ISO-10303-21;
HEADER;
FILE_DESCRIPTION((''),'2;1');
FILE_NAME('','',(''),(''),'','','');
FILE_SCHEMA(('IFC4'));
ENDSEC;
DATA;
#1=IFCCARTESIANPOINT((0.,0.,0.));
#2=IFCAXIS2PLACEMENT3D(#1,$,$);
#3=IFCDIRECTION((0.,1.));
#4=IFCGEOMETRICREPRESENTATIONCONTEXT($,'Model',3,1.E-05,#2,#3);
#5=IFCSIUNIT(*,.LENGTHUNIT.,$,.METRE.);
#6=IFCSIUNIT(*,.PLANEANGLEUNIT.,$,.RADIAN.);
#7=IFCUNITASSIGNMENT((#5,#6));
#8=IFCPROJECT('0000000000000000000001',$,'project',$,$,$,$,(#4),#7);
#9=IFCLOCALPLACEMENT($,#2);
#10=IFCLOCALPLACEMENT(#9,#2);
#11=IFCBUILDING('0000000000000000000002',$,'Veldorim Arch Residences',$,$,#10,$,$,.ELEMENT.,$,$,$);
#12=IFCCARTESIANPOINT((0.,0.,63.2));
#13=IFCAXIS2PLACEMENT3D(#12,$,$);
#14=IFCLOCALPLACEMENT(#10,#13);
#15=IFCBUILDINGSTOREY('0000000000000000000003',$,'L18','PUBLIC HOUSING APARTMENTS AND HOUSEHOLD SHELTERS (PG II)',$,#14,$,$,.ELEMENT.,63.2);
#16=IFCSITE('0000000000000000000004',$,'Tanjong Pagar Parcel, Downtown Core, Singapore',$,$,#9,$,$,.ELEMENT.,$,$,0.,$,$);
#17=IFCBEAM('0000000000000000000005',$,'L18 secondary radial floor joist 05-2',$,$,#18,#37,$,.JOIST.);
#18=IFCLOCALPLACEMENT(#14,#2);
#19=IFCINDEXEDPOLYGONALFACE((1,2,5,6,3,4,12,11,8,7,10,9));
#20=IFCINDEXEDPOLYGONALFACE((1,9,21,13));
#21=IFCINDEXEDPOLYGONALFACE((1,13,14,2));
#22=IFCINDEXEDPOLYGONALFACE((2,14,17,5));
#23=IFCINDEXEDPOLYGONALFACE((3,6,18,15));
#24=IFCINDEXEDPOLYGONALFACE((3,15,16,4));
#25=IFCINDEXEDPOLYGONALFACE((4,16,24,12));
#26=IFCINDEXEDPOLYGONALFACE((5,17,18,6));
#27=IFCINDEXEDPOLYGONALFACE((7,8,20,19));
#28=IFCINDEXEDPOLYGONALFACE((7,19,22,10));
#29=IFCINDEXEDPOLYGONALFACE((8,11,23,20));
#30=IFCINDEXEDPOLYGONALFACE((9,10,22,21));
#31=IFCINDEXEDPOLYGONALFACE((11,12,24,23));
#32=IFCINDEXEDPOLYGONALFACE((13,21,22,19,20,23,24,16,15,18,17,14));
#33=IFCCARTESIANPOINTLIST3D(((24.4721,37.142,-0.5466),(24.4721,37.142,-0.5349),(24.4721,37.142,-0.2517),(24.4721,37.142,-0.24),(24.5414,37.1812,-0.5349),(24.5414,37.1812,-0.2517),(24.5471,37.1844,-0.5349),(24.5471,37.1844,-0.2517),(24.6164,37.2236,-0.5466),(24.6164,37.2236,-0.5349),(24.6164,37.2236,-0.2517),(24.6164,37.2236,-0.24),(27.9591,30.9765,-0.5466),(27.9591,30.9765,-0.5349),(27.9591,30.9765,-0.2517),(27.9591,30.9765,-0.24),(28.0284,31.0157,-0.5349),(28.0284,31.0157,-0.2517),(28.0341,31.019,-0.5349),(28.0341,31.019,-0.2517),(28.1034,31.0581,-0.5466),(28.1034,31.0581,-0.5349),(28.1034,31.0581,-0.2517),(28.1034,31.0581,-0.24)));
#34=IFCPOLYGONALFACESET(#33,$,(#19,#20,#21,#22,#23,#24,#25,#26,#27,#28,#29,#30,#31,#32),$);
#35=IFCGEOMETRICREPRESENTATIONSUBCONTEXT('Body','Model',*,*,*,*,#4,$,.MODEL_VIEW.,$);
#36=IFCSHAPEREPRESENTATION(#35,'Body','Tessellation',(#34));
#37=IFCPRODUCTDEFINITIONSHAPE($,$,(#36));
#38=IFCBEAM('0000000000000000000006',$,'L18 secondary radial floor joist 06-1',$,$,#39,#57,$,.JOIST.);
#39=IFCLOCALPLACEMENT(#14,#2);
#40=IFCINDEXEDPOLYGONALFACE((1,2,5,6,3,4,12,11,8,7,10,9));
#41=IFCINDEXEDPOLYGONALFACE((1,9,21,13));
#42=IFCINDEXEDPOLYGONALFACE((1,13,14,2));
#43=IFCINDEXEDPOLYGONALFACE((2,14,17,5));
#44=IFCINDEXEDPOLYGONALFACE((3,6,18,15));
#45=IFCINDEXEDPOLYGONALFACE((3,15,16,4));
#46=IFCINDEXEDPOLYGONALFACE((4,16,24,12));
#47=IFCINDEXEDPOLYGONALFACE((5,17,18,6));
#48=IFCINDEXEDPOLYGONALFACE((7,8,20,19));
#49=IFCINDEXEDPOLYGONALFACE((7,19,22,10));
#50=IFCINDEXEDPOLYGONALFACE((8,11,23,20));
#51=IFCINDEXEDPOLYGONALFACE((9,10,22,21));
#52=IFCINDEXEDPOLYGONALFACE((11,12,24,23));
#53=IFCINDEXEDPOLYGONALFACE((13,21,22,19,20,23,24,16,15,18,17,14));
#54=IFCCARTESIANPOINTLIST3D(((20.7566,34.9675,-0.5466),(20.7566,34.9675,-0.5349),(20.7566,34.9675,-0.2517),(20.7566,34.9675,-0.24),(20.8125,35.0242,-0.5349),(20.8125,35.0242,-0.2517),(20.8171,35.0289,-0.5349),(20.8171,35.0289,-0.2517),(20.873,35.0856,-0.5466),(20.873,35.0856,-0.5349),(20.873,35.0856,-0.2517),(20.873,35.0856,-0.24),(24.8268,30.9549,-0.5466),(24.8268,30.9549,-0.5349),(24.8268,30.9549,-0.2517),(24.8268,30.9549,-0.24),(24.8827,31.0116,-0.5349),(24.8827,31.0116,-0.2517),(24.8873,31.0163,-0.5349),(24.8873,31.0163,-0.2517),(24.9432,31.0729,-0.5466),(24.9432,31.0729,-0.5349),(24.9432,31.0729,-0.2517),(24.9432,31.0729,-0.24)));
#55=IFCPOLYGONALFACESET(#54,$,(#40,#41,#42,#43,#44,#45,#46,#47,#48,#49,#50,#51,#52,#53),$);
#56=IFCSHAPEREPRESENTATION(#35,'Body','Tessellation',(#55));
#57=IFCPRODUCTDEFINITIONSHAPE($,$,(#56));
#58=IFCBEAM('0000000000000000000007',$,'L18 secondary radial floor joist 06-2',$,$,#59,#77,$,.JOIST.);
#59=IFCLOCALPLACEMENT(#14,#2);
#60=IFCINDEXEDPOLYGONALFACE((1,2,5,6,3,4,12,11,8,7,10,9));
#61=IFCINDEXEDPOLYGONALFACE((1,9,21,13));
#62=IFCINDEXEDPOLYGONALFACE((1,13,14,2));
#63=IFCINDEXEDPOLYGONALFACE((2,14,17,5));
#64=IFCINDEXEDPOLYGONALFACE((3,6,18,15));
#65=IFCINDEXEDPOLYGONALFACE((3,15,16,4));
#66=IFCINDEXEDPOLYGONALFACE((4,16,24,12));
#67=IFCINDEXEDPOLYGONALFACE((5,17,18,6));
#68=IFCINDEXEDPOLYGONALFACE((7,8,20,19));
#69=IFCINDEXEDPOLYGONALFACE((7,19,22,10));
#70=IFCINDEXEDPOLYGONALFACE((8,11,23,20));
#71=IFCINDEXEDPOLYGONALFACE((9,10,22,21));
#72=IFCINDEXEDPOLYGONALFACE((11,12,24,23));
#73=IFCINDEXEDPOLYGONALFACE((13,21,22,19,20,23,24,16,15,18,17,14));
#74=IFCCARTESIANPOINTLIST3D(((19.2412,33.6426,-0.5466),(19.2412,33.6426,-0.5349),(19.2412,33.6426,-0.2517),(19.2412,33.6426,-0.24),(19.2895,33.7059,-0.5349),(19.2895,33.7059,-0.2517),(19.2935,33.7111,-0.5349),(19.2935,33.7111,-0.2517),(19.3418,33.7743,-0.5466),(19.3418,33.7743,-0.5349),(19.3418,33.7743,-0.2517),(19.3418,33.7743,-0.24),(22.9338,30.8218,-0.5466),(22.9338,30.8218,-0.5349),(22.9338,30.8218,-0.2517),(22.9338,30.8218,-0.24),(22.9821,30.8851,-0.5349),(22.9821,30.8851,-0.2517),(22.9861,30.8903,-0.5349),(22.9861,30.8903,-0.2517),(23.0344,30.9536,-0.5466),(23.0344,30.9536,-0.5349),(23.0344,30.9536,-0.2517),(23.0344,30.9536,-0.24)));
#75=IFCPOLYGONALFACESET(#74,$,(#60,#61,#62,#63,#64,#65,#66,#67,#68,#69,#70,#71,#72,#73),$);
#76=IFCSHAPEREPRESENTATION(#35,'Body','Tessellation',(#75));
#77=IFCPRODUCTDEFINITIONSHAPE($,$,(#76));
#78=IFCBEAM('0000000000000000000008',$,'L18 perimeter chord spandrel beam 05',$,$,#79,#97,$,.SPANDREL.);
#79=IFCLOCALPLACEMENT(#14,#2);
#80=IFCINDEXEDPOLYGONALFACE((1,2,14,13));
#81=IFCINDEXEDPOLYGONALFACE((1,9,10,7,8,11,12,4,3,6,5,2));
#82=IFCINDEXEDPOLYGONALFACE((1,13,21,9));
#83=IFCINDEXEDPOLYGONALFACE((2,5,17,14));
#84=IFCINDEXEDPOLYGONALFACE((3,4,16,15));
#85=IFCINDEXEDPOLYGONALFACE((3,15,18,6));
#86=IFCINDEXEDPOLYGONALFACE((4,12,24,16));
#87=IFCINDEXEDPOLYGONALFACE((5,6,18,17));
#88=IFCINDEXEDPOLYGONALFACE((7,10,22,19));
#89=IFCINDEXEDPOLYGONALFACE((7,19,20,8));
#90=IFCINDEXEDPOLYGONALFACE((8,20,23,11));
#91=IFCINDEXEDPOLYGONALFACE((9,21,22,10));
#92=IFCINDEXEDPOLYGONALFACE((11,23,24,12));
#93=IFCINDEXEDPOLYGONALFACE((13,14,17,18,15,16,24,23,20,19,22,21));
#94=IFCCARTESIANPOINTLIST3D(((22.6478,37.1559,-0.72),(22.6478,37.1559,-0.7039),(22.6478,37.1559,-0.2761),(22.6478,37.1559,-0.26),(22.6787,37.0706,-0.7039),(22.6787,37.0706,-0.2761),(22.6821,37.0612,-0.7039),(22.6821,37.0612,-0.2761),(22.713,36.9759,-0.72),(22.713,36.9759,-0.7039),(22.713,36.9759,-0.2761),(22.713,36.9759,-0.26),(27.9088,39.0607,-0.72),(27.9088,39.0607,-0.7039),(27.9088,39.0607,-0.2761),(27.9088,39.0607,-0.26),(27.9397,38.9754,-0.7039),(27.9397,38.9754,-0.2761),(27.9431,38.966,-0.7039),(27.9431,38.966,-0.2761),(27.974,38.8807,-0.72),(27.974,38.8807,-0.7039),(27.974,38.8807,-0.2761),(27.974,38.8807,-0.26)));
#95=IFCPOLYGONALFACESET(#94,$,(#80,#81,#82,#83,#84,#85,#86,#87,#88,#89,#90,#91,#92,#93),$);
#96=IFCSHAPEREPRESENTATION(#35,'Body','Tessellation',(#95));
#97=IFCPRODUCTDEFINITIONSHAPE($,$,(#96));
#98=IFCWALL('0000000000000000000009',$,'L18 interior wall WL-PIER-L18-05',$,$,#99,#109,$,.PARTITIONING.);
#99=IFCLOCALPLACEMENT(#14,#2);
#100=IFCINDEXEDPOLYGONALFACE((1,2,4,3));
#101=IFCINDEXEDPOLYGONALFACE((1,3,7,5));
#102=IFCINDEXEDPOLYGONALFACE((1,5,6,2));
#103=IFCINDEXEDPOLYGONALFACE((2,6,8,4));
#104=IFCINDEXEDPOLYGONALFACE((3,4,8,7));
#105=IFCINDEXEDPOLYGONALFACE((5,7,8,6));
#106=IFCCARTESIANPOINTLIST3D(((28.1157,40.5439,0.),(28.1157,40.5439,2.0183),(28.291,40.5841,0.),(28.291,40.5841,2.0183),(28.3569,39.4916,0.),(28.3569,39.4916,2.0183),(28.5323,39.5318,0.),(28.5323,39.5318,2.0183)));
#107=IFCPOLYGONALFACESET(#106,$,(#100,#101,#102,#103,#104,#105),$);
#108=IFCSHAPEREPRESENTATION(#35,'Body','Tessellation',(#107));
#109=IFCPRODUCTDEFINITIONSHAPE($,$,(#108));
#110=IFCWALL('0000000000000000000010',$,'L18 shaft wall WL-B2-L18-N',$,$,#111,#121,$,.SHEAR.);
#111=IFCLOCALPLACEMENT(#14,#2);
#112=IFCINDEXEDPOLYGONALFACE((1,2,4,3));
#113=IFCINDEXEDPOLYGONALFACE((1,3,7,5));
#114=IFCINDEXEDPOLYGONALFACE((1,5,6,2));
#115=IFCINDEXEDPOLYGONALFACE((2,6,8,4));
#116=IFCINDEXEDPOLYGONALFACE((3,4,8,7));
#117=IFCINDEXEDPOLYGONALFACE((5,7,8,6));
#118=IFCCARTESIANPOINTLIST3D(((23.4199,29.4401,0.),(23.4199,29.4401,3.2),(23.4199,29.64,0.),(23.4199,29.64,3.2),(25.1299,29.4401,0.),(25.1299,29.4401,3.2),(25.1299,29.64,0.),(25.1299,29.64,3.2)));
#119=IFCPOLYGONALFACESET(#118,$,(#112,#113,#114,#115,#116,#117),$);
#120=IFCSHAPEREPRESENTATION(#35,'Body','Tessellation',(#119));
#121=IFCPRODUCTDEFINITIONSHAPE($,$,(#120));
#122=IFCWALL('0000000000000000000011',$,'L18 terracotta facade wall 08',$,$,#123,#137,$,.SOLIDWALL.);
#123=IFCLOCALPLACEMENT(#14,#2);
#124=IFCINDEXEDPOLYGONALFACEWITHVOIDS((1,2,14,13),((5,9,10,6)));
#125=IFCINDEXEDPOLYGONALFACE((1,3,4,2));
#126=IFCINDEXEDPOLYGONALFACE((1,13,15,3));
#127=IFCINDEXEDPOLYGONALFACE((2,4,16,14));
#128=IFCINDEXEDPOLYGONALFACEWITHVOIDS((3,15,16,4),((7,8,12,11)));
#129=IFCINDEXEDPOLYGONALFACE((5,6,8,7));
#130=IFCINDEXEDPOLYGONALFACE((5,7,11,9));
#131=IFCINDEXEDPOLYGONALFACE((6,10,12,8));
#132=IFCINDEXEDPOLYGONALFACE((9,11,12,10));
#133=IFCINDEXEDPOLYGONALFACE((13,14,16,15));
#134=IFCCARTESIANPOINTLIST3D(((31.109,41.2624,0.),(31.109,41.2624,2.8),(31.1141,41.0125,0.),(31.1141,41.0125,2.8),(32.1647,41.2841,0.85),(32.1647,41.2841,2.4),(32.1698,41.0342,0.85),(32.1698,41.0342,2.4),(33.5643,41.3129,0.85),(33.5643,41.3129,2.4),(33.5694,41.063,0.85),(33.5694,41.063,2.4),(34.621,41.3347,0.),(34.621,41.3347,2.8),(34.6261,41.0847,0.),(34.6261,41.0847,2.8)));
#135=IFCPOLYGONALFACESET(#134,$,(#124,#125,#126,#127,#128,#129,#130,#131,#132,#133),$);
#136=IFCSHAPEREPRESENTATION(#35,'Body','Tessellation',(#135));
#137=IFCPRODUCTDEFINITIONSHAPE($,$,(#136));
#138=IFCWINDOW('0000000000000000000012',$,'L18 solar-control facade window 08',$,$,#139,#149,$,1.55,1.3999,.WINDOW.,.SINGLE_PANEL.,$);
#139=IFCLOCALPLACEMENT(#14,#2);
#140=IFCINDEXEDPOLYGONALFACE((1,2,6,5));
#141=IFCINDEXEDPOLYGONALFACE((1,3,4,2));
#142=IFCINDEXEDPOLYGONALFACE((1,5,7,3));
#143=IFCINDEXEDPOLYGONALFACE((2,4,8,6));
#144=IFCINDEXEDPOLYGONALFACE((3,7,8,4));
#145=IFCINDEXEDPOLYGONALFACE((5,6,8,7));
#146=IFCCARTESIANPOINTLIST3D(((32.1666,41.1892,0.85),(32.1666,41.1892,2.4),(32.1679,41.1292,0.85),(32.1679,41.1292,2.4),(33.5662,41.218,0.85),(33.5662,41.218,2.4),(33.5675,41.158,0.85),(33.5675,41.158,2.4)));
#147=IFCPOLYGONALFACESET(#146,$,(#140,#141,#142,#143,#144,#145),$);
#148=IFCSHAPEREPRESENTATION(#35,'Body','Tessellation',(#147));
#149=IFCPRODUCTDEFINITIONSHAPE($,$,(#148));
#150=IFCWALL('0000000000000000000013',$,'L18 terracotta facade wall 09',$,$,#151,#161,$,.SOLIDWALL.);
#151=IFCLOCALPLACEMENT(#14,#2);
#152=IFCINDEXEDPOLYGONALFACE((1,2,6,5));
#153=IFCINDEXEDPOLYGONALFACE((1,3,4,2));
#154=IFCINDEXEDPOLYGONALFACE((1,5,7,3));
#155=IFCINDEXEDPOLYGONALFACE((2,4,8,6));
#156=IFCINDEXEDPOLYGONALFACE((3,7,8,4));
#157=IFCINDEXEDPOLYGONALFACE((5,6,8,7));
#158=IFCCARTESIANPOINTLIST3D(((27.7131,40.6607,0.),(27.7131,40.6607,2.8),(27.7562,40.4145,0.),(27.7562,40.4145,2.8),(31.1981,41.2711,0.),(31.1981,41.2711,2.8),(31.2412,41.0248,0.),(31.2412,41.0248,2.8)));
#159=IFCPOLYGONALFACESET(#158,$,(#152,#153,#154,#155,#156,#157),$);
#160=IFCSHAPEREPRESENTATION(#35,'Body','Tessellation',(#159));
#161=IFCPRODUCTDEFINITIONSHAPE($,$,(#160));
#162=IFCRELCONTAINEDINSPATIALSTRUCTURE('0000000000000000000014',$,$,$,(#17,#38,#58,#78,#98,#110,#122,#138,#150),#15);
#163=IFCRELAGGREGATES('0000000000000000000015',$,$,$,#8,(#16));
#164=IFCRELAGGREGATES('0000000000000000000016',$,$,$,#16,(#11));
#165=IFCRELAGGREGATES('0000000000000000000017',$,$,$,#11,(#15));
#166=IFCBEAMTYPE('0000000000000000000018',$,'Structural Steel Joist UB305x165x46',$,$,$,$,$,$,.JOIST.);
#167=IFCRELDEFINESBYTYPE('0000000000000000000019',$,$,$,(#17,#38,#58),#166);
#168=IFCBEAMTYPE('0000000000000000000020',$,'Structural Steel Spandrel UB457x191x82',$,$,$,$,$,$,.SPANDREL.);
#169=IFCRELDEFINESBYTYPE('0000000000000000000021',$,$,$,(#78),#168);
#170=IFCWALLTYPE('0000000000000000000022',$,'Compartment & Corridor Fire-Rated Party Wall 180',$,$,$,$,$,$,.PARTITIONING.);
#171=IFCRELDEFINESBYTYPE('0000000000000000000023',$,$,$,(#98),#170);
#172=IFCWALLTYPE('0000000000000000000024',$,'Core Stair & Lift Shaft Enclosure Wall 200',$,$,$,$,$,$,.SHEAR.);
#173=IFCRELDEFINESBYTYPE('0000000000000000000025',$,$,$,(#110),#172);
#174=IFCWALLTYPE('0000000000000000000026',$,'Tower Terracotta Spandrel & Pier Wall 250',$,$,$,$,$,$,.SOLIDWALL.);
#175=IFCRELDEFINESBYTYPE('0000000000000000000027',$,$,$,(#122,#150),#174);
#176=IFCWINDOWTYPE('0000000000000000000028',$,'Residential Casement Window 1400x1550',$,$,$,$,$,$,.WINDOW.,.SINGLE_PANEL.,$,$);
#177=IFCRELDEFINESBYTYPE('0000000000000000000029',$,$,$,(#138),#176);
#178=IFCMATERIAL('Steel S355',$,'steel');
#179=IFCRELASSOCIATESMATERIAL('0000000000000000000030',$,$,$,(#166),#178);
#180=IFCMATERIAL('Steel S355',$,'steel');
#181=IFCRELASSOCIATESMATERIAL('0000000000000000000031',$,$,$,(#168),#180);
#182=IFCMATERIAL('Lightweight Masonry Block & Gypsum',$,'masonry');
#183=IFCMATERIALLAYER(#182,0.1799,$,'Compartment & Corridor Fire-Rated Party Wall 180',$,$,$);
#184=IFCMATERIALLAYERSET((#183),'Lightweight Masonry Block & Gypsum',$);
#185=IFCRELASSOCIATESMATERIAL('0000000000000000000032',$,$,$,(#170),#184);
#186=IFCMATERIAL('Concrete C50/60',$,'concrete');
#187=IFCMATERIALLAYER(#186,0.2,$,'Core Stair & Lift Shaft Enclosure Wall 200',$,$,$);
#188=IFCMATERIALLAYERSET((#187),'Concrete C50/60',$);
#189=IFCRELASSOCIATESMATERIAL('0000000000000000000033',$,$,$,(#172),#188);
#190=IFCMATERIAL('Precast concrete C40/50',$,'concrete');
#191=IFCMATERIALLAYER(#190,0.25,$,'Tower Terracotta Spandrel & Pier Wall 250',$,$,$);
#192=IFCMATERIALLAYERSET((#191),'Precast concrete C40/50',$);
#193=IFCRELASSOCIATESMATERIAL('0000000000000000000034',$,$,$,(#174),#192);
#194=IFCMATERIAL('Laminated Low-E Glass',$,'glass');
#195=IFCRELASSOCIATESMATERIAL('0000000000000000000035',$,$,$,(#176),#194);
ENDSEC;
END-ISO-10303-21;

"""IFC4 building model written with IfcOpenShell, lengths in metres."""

from ifc_helpers import new_model, si_unit, direction, frame, frame_2d, origin, origin_2d, place, context, subcontext, project, spatial, rectangle, i_section, extrude, material, layer, layer_set, material_profile, profile_set, type_object, element, fill, save


model = new_model("IFC4")

# Units and contexts
model_context = context("Model", 3, precision=1e-05, world=origin(), true_north=direction((0.0, 1.0)))
body_context = subcontext(model_context, "Body", "Model", "MODEL_VIEW")
ifc_project = project(units=[si_unit("LENGTHUNIT", "METRE"), si_unit("PLANEANGLEUNIT", "RADIAN")], contexts=[model_context])

# Site, building, storey
site_placement = place(None, origin())
site = spatial("IfcSite", under=ifc_project, at=site_placement, Name="Tanjong Pagar Parcel, Downtown Core, Singapore", CompositionType="ELEMENT", RefElevation=0.0)
building_placement = place(site_placement, origin())
building = spatial("IfcBuilding", under=site, at=building_placement, Name="Veldorim Arch Residences", CompositionType="ELEMENT")
storey_placement = place(building_placement, frame((0.0, 0.0, 63.2)))
storey = spatial("IfcBuildingStorey", under=building, at=storey_placement, Name="L18", Description="PUBLIC HOUSING APARTMENTS AND HOUSEHOLD SHELTERS (PG II)", CompositionType="ELEMENT", Elevation=63.2)

# Beams
ifc_material_1 = material(Name="Steel S355", Category="steel")
ifc_material_profile_1 = material_profile(ifc_material_1, i_section(OverallWidth=0.1658, OverallDepth=0.3066, WebThickness=0.0066, FlangeThickness=0.0117, at=origin_2d()), Name="UB305x165x46")
ifc_profile_set_1 = profile_set([ifc_material_profile_1], Name="Steel S355")
beam_type_1 = type_object("IfcBeamType", Name="Structural Steel Joist UB305x165x46", PredefinedType="JOIST", material=ifc_profile_set_1)
beam_1_placement = place(storey_placement, frame((28.0312, 31.0173, -0.3933), z_axis=(-0.492292, 0.87043, 0.0), x_axis=(-0.87043, -0.492292, 0.0)))
element("IfcBeam", 1, at=beam_1_placement, inside=storey, type_object=beam_type_1, Name="L18 secondary radial floor joist 05-2", PredefinedType="JOIST", context=body_context, shape_type="SweptSolid", body=[
    extrude(i_section(OverallWidth=0.1658, OverallDepth=0.3066, WebThickness=0.0066, FlangeThickness=0.0117, at=origin_2d()), origin(), (0.0, 0.0, 1.0), 7.0833),
])
beam_2_placement = place(storey_placement, frame((24.885, 31.0139, -0.3933), z_axis=(-0.712129, 0.702049, 0.0), x_axis=(-0.702049, -0.712129, 0.0)))
element("IfcBeam", 2, at=beam_2_placement, inside=storey, type_object=beam_type_1, Name="L18 secondary radial floor joist 06-1", PredefinedType="JOIST", context=body_context, shape_type="SweptSolid", body=[
    extrude(i_section(OverallWidth=0.1658, OverallDepth=0.3066, WebThickness=0.0066, FlangeThickness=0.0117, at=origin_2d()), origin(), (0.0, 0.0, 1.0), 5.7156),
])
beam_3_placement = place(storey_placement, frame((22.9841, 30.8877, -0.3933), z_axis=(-0.794666, 0.607046, 0.0), x_axis=(-0.607046, -0.794666, 0.0)))
element("IfcBeam", 3, at=beam_3_placement, inside=storey, type_object=beam_type_1, Name="L18 secondary radial floor joist 06-2", PredefinedType="JOIST", context=body_context, shape_type="SweptSolid", body=[
    extrude(i_section(OverallWidth=0.1658, OverallDepth=0.3066, WebThickness=0.0066, FlangeThickness=0.0117, at=origin_2d()), origin(), (0.0, 0.0, 1.0), 4.6467),
])
ifc_material_2 = material(Name="Steel S355", Category="steel")
ifc_material_profile_2 = material_profile(ifc_material_2, i_section(OverallWidth=0.1914, OverallDepth=0.46, WebThickness=0.01, FlangeThickness=0.0161, at=origin_2d()), Name="UB457x191x82")
ifc_profile_set_2 = profile_set([ifc_material_profile_2], Name="Steel S355")
beam_type_2 = type_object("IfcBeamType", Name="Structural Steel Spandrel UB457x191x82", PredefinedType="SPANDREL", material=ifc_profile_set_2)
beam_4_placement = place(storey_placement, frame((27.9414, 38.9707, -0.49), z_axis=(-0.940269, -0.340432, 0.0), x_axis=(0.340432, -0.940269, 0.0)))
element("IfcBeam", 4, at=beam_4_placement, inside=storey, type_object=beam_type_2, Name="L18 perimeter chord spandrel beam 05", PredefinedType="SPANDREL", context=body_context, shape_type="SweptSolid", body=[
    extrude(i_section(OverallWidth=0.1914, OverallDepth=0.46, WebThickness=0.01, FlangeThickness=0.0161, at=origin_2d()), origin(), (0.0, 0.0, 1.0), 5.5952),
])

# Walls
ifc_material_3 = material(Name="Lightweight Masonry Block & Gypsum", Category="masonry")
ifc_layer_1 = layer(ifc_material_3, 0.1799, Name="Compartment & Corridor Fire-Rated Party Wall 180")
ifc_layer_set_1 = layer_set([ifc_layer_1], Name="Lightweight Masonry Block & Gypsum")
wall_type_1 = type_object("IfcWallType", Name="Compartment & Corridor Fire-Rated Party Wall 180", PredefinedType="PARTITIONING", material=ifc_layer_set_1)
wall_1_placement = place(storey_placement, frame((28.4446, 39.5117, 0.0), z_axis=(0.0, 0.0, 1.0), x_axis=(-0.223439, 0.974718, 0.0)))
element("IfcWall", 5, at=wall_1_placement, inside=storey, type_object=wall_type_1, Name="L18 interior wall WL-PIER-L18-05", PredefinedType="PARTITIONING", context=body_context, shape_type="SweptSolid", body=[
    extrude(rectangle(XDim=1.0796, YDim=0.1799, at=frame_2d((0.5398, 0.0))), origin(), (0.0, 0.0, 1.0), 2.0183),
])
ifc_material_4 = material(Name="Concrete C50/60", Category="concrete")
ifc_layer_2 = layer(ifc_material_4, 0.2, Name="Core Stair & Lift Shaft Enclosure Wall 200")
ifc_layer_set_2 = layer_set([ifc_layer_2], Name="Concrete C50/60")
wall_type_2 = type_object("IfcWallType", Name="Core Stair & Lift Shaft Enclosure Wall 200", PredefinedType="SHEAR", material=ifc_layer_set_2)
wall_2_placement = place(storey_placement, frame((23.4199, 29.54, 0.0), z_axis=(0.0, 0.0, 1.0), x_axis=(1.0, 0.0, 0.0)))
element("IfcWall", 6, at=wall_2_placement, inside=storey, type_object=wall_type_2, Name="L18 shaft wall WL-B2-L18-N", PredefinedType="SHEAR", context=body_context, shape_type="SweptSolid", body=[
    extrude(rectangle(XDim=1.71, YDim=0.2, at=frame_2d((0.855, 0.0))), origin(), (0.0, 0.0, 1.0), 3.2),
])

# Wall, opening, window
ifc_material_5 = material(Name="Precast concrete C40/50", Category="concrete")
ifc_layer_3 = layer(ifc_material_5, 0.25, Name="Tower Terracotta Spandrel & Pier Wall 250")
ifc_layer_set_3 = layer_set([ifc_layer_3], Name="Precast concrete C40/50")
wall_type_3 = type_object("IfcWallType", Name="Tower Terracotta Spandrel & Pier Wall 250", PredefinedType="SOLIDWALL", material=ifc_layer_set_3)
wall_3_placement = place(storey_placement, frame((31.1116, 41.1375, 0.0), z_axis=(0.0, 0.0, 1.0), x_axis=(0.999788, 0.020573, 0.0)))
wall_3 = element("IfcWall", 7, at=wall_3_placement, inside=storey, type_object=wall_type_3, Name="L18 terracotta facade wall 08", PredefinedType="SOLIDWALL", context=body_context, shape_type="SweptSolid", body=[
    extrude(rectangle(XDim=3.5127, YDim=0.25, at=frame_2d((1.7563, 0.0))), origin(), (0.0, 0.0, 1.0), 2.8),
])
opening_1_placement = place(wall_3_placement, frame((1.0559, 0.0, 0.8501)))
opening_1 = element("IfcOpeningElement", 8, at=opening_1_placement, cuts=wall_3, PredefinedType="OPENING", context=body_context, shape_type="SweptSolid", body=[
    extrude(rectangle(XDim=1.3999, YDim=1.55, at=frame_2d((0.7, 0.7749))), frame((0.0, 0.135, 0.0), z_axis=(0.0, -1.0, 0.0), x_axis=(1.0, 0.0, 0.0)), (0.0, 0.0, 1.0), 0.27),
])
ifc_material_6 = material(Name="Laminated Low-E Glass", Category="glass")
window_type = type_object("IfcWindowType", Name="Residential Casement Window 1400x1550", PartitioningType="SINGLE_PANEL", PredefinedType="WINDOW", material=ifc_material_6)
window_placement = place(opening_1_placement, origin())
window = element("IfcWindow", 9, at=window_placement, inside=storey, type_object=window_type, Name="L18 solar-control facade window 08", OverallHeight=1.55, OverallWidth=1.3999, PartitioningType="SINGLE_PANEL", PredefinedType="WINDOW", context=body_context, shape_type="SweptSolid", body=[
    extrude(rectangle(XDim=1.3999, YDim=1.55, at=frame_2d((0.7, 0.7749))), frame((0.0, 0.03, 0.0), z_axis=(0.0, -1.0, 0.0), x_axis=(1.0, 0.0, 0.0)), (0.0, 0.0, 1.0), 0.0601),
])
fill(opening_1, window)

# Wall
wall_4_placement = place(storey_placement, frame((27.7346, 40.5376, 0.0), z_axis=(0.0, 0.0, 1.0), x_axis=(0.985008, 0.172506, 0.0)))
element("IfcWall", 10, at=wall_4_placement, inside=storey, type_object=wall_type_3, Name="L18 terracotta facade wall 09", PredefinedType="SOLIDWALL", context=body_context, shape_type="SweptSolid", body=[
    extrude(rectangle(XDim=3.5381, YDim=0.25, at=frame_2d((1.769, 0.0))), origin(), (0.0, 0.0, 1.0), 2.8),
])

save(model, "model.ifc")
